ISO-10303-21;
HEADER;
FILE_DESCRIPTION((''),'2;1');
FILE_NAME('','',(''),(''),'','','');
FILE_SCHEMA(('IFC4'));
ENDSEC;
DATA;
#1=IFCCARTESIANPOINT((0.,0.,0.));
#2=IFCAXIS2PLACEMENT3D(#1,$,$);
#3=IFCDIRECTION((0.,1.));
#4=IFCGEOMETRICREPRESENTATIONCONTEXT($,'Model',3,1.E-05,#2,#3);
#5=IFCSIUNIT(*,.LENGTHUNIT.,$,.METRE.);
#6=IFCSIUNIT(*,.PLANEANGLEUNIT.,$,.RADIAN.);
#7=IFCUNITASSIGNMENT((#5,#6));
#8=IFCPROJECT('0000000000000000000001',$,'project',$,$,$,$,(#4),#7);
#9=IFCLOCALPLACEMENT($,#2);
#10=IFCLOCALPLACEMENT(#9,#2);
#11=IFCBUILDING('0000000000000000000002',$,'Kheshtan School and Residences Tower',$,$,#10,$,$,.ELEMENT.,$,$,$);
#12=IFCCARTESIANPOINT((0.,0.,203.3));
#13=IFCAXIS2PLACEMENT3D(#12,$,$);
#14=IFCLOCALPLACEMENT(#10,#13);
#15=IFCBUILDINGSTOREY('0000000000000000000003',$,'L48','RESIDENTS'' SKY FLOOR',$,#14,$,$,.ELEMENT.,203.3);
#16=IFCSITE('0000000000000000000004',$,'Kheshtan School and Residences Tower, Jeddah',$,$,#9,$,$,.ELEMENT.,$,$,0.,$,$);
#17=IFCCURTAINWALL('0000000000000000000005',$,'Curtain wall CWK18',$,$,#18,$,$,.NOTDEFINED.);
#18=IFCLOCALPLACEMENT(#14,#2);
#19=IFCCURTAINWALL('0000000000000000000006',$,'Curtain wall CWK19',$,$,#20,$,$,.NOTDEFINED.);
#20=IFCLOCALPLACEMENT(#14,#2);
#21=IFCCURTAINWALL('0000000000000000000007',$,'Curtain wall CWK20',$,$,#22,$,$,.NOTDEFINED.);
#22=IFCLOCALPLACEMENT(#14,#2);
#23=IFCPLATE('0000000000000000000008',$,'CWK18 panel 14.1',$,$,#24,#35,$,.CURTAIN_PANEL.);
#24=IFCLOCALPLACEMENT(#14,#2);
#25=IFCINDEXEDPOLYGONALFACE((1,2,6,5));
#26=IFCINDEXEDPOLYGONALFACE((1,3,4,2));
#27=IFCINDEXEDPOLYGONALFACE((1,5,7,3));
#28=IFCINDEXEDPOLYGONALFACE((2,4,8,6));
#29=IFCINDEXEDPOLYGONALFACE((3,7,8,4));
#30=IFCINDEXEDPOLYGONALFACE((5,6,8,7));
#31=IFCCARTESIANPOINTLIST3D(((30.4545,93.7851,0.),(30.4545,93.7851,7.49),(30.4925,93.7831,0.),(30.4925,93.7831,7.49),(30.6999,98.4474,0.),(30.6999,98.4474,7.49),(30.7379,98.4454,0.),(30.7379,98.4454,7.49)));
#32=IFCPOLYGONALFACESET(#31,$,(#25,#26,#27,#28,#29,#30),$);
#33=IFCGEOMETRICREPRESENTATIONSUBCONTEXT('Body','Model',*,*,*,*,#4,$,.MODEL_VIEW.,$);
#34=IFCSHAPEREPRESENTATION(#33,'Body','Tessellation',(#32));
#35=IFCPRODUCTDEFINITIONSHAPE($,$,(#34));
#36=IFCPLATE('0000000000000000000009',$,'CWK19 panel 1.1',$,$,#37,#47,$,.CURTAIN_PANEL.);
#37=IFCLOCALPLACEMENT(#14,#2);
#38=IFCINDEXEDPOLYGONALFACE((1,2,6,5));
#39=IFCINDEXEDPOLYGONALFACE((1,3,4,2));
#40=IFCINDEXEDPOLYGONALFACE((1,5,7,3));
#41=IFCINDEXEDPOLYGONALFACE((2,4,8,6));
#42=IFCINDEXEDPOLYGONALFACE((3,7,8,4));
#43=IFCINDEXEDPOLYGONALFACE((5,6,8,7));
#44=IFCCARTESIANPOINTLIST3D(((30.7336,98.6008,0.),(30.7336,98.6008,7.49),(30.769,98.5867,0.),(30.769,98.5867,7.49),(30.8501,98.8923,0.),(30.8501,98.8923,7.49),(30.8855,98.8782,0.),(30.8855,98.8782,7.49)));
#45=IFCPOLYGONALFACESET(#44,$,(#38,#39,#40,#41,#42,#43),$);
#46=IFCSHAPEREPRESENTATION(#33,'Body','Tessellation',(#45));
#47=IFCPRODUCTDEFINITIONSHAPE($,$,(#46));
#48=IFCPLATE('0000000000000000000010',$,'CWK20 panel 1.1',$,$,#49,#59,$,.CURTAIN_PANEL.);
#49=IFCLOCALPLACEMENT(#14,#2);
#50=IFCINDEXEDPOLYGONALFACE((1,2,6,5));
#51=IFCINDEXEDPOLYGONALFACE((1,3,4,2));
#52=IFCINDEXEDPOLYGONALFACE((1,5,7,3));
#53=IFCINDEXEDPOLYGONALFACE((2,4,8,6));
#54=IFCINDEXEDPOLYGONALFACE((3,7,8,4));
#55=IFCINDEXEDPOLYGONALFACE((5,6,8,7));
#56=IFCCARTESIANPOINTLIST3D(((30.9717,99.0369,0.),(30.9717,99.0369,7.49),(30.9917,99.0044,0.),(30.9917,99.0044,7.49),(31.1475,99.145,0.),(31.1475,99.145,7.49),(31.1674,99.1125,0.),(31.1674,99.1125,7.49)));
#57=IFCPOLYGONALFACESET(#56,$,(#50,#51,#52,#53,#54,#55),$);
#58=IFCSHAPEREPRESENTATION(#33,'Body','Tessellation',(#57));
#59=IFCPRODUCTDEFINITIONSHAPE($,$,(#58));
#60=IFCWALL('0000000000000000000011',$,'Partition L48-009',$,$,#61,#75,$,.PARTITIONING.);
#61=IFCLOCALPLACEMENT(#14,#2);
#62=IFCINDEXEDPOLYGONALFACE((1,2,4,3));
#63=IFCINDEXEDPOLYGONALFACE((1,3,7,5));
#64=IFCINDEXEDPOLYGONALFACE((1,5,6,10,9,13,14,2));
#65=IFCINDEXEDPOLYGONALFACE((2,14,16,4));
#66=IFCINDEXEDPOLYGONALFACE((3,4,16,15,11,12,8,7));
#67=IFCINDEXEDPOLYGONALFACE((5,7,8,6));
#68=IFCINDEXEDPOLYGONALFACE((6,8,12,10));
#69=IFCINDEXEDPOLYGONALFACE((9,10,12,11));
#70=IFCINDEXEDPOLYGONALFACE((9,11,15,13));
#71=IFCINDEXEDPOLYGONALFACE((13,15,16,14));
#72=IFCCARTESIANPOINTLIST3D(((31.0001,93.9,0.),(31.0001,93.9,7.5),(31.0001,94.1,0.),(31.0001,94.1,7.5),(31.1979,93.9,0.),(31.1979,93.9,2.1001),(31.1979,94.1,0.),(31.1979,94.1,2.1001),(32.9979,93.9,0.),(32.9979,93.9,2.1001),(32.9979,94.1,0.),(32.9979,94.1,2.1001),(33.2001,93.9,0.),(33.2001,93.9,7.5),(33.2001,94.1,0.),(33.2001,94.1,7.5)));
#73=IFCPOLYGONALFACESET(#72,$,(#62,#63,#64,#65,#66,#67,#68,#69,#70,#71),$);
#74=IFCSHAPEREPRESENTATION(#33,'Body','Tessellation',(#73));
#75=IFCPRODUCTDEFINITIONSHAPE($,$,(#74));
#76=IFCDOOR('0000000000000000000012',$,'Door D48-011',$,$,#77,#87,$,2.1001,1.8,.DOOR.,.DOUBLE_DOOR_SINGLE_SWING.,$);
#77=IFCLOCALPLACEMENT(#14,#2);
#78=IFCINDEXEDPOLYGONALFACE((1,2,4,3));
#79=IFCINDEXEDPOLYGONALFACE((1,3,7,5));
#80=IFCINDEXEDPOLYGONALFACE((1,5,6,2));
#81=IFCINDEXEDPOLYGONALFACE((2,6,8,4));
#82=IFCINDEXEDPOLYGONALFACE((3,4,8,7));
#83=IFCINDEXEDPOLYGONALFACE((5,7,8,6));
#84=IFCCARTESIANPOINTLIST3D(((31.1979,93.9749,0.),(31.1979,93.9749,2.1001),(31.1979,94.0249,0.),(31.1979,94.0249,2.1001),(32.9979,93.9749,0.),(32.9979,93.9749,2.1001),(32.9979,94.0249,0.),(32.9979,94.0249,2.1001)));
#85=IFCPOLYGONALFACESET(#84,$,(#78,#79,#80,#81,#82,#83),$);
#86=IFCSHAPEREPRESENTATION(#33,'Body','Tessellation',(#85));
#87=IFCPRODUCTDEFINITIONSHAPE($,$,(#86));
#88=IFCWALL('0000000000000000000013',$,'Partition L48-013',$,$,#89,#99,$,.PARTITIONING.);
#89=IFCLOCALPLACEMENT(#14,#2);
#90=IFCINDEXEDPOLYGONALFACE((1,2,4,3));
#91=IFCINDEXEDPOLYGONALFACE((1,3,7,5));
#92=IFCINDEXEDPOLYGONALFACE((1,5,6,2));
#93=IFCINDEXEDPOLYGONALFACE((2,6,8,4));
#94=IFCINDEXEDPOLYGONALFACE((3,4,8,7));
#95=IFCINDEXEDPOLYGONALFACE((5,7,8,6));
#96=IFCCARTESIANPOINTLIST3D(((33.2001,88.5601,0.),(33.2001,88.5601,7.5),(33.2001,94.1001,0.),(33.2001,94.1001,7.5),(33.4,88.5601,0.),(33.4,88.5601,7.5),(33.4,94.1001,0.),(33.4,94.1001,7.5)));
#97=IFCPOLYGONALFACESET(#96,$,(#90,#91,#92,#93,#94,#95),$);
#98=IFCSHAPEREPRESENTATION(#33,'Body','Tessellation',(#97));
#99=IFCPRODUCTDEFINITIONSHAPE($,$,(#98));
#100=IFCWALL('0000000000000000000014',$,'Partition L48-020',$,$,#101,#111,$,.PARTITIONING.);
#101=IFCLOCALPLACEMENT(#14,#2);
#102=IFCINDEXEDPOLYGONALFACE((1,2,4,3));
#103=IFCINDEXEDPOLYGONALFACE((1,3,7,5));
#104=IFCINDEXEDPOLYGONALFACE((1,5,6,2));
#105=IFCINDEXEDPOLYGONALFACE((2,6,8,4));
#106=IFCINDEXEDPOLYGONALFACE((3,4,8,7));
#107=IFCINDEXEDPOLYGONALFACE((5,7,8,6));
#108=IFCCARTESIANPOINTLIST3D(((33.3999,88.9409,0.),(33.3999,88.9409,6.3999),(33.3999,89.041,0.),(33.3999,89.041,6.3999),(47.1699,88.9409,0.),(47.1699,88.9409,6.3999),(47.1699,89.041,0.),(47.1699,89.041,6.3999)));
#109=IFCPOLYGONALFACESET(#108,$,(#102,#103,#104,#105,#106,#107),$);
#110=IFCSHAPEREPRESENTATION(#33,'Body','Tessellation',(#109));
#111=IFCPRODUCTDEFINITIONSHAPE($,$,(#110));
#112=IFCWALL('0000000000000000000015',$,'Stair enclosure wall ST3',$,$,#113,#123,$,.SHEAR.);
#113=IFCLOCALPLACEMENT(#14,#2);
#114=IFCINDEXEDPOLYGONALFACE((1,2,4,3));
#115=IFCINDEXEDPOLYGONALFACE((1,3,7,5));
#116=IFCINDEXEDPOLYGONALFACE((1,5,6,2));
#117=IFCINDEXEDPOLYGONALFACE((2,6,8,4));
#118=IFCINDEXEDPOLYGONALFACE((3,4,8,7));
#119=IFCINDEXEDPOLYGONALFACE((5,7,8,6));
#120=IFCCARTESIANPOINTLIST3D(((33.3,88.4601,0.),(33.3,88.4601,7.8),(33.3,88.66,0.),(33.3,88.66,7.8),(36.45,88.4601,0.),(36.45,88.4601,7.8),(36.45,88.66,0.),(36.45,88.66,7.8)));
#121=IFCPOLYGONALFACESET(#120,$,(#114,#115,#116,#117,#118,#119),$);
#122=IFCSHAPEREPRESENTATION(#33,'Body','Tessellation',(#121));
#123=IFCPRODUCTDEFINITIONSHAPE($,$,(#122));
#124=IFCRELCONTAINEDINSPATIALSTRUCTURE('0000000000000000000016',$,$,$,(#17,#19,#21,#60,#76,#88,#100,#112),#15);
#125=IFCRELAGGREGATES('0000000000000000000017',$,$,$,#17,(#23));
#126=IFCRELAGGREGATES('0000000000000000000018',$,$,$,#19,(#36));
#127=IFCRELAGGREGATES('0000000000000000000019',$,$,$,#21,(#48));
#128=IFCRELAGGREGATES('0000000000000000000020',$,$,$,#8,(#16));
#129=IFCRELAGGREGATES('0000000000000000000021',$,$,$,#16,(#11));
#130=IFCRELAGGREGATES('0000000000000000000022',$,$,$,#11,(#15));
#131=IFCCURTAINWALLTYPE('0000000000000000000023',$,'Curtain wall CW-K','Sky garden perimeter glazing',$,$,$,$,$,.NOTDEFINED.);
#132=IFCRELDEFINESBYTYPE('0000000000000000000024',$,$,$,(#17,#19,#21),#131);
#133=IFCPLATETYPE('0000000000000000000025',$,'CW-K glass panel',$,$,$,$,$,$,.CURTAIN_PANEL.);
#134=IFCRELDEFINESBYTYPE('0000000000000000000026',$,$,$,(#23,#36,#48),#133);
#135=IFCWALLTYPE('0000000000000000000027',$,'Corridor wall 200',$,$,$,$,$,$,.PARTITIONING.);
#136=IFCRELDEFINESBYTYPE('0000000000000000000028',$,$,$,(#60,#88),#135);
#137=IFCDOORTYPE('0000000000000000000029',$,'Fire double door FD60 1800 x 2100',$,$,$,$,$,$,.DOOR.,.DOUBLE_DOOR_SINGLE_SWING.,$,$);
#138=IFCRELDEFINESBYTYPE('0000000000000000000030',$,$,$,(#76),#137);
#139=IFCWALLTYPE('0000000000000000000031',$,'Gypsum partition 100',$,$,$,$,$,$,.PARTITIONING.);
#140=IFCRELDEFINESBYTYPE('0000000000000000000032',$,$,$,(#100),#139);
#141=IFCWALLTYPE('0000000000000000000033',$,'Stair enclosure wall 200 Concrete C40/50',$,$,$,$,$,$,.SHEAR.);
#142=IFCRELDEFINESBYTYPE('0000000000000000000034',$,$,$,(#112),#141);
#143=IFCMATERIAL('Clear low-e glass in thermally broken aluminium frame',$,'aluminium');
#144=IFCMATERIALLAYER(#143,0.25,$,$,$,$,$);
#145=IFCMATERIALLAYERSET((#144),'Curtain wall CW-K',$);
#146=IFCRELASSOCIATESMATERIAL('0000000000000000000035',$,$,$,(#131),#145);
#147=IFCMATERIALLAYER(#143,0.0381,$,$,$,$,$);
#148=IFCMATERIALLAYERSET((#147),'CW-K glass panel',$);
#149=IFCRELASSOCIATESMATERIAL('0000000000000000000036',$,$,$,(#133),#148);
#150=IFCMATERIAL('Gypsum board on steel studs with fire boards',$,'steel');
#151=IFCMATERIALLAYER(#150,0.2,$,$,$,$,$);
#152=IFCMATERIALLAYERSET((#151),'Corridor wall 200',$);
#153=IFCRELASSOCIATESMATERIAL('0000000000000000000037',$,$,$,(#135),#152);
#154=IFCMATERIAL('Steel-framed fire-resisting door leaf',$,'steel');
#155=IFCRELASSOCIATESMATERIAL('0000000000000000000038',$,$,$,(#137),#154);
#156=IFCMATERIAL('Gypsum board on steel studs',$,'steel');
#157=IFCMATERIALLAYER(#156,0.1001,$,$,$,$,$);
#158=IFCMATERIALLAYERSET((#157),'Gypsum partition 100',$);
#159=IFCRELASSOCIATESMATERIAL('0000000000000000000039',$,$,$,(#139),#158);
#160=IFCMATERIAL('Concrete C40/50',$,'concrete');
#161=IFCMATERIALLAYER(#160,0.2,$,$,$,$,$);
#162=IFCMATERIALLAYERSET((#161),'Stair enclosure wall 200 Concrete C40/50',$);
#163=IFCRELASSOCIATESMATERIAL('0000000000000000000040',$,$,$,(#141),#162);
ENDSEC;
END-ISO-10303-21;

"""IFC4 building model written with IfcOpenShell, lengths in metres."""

from ifc_helpers import new_model, si_unit, direction, frame, frame_2d, origin, origin_2d, place, context, subcontext, project, spatial, rectangle, extrude, source, transform, mapped, material, layer, layer_set, type_object, element, fill, aggregate, save


model = new_model("IFC4")

# Units and contexts
model_context = context("Model", 3, precision=1e-05, world=origin(), true_north=direction((0.0, 1.0)))
body_context = subcontext(model_context, "Body", "Model", "MODEL_VIEW")
ifc_project = project(units=[si_unit("LENGTHUNIT", "METRE"), si_unit("PLANEANGLEUNIT", "RADIAN")], contexts=[model_context])

# Site, building, storey
site_placement = place(None, origin())
site = spatial("IfcSite", under=ifc_project, at=site_placement, Name="Kheshtan School and Residences Tower, Jeddah", CompositionType="ELEMENT", RefElevation=0.0)
building_placement = place(site_placement, origin())
building = spatial("IfcBuilding", under=site, at=building_placement, Name="Kheshtan School and Residences Tower", CompositionType="ELEMENT")
storey_placement = place(building_placement, frame((0.0, 0.0, 203.3)))
storey = spatial("IfcBuildingStorey", under=building, at=storey_placement, Name="L48", Description="RESIDENTS' SKY FLOOR", CompositionType="ELEMENT", Elevation=203.3)

# Curtain walls
ifc_material_1 = material(Name="Clear low-e glass in thermally broken aluminium frame", Category="aluminium")
ifc_layer_1 = layer(ifc_material_1, 0.25)
ifc_layer_set_1 = layer_set([ifc_layer_1], Name="Curtain wall CW-K")
curtain_wall_type = type_object("IfcCurtainWallType", Name="Curtain wall CW-K", Description="Sky garden perimeter glazing", PredefinedType="NOTDEFINED", material=ifc_layer_set_1)
curtain_wall_1_placement = place(storey_placement, origin())
curtain_wall_1 = element("IfcCurtainWall", 1, at=curtain_wall_1_placement, inside=storey, type_object=curtain_wall_type, Name="Curtain wall CWK18", PredefinedType="NOTDEFINED")
curtain_wall_2_placement = place(storey_placement, origin())
curtain_wall_2 = element("IfcCurtainWall", 2, at=curtain_wall_2_placement, inside=storey, type_object=curtain_wall_type, Name="Curtain wall CWK19", PredefinedType="NOTDEFINED")
curtain_wall_3_placement = place(storey_placement, origin())
curtain_wall_3 = element("IfcCurtainWall", 3, at=curtain_wall_3_placement, inside=storey, type_object=curtain_wall_type, Name="Curtain wall CWK20", PredefinedType="NOTDEFINED")

# Plates
ifc_layer_2 = layer(ifc_material_1, 0.0381)
ifc_layer_set_2 = layer_set([ifc_layer_2], Name="CW-K glass panel")
plate_type = type_object("IfcPlateType", Name="CW-K glass panel", PredefinedType="CURTAIN_PANEL", material=ifc_layer_set_2)
plate_1_placement = place(storey_placement, frame((30.5962, 96.1152, 0.0), z_axis=(0.0, 0.0, 1.0), x_axis=(0.052565, 0.998617, 0.0)))
plate_1 = element("IfcPlate", 4, at=plate_1_placement, type_object=plate_type, Name="CWK18 panel 14.1", PredefinedType="CURTAIN_PANEL", context=body_context, shape_type="SweptSolid", body=[
    extrude(rectangle(XDim=4.6687, YDim=0.0381, at=origin_2d()), origin(), (0.0, 0.0, 1.0), 7.49),
])
aggregate(curtain_wall_1, [plate_1])
plate_2_placement = place(storey_placement, frame((30.8096, 98.7395, 0.0), z_axis=(0.0, 0.0, 1.0), x_axis=(0.370993, 0.928636, 0.0)))
plate_2 = element("IfcPlate", 5, at=plate_2_placement, type_object=plate_type, Name="CWK19 panel 1.1", PredefinedType="CURTAIN_PANEL", context=body_context, shape_type="SweptSolid", body=[
    extrude(rectangle(XDim=0.314, YDim=0.0381, at=origin_2d()), origin(), (0.0, 0.0, 1.0), 7.49),
])
aggregate(curtain_wall_2, [plate_2])
plate_3_placement = place(storey_placement, frame((31.0696, 99.0747, 0.0), z_axis=(0.0, 0.0, 1.0), x_axis=(0.851763, 0.523926, 0.0)))
plate_3 = element("IfcPlate", 6, at=plate_3_placement, type_object=plate_type, Name="CWK20 panel 1.1", PredefinedType="CURTAIN_PANEL", context=body_context, shape_type="SweptSolid", body=[
    extrude(rectangle(XDim=0.2063, YDim=0.0381, at=origin_2d()), origin(), (0.0, 0.0, 1.0), 7.49),
])
aggregate(curtain_wall_3, [plate_3])

# Shared definitions
ifc_material_2 = material(Name="Gypsum board on steel studs with fire boards", Category="steel")
ifc_layer_3 = layer(ifc_material_2, 0.2)
ifc_layer_set_3 = layer_set([ifc_layer_3], Name="Corridor wall 200")
wall_type_1 = type_object("IfcWallType", Name="Corridor wall 200", PredefinedType="PARTITIONING", material=ifc_layer_set_3)

# Wall, opening, door
wall_1_placement = place(storey_placement, frame((31.0, 94.0, 0.0), z_axis=(0.0, 0.0, 1.0), x_axis=(1.0, 0.0, 0.0)))
wall_1 = element("IfcWall", 7, at=wall_1_placement, inside=storey, type_object=wall_type_1, Name="Partition L48-009", PredefinedType="PARTITIONING", context=body_context, shape_type="SweptSolid", body=[
    extrude(rectangle(XDim=2.2, YDim=0.2, at=frame_2d((1.1001, 0.0))), origin(), (0.0, 0.0, 1.0), 7.5),
])
opening_placement = place(wall_1_placement, frame((0.198, 0.0, 0.0)))
opening = element("IfcOpeningElement", 8, at=opening_placement, cuts=wall_1, PredefinedType="OPENING", context=body_context, shape_type="SweptSolid", body=[
    extrude(rectangle(XDim=1.8, YDim=2.1001, at=frame_2d((0.8999, 1.05))), frame((0.0, 0.1099, 0.0), z_axis=(0.0, -1.0, 0.0), x_axis=(1.0, 0.0, 0.0)), (0.0, 0.0, 1.0), 0.22),
])
ifc_material_3 = material(Name="Steel-framed fire-resisting door leaf", Category="steel")
door_type = type_object("IfcDoorType", Name="Fire double door FD60 1800 x 2100", OperationType="DOUBLE_DOOR_SINGLE_SWING", PredefinedType="DOOR", material=ifc_material_3)
shared_shape = source(origin(), body_context, "Body", "SweptSolid", [
    extrude(rectangle(XDim=1.8, YDim=2.1001, at=frame_2d((0.8999, 1.05))), frame((0.0, 0.0249, 0.0), z_axis=(0.0, -1.0, 0.0), x_axis=(1.0, 0.0, 0.0)), (0.0, 0.0, 1.0), 0.05),
])
door_placement = place(opening_placement, origin())
door = element("IfcDoor", 9, at=door_placement, inside=storey, type_object=door_type, Name="Door D48-011", OperationType="DOUBLE_DOOR_SINGLE_SWING", OverallHeight=2.1001, OverallWidth=1.8, PredefinedType="DOOR", context=body_context, shape_type="MappedRepresentation", body=[
    mapped(shared_shape, transform((0.0, 0.0, 0.0), x_axis=(1.0, 0.0, 0.0), y_axis=(0.0, 1.0, 0.0), z_axis=(0.0, 0.0, 1.0), scale=1.0)),
])
fill(opening, door)

# Walls
wall_2_placement = place(storey_placement, frame((33.3, 88.5601, 0.0), z_axis=(0.0, 0.0, 1.0), x_axis=(0.0, 1.0, 0.0)))
element("IfcWall", 10, at=wall_2_placement, inside=storey, type_object=wall_type_1, Name="Partition L48-013", PredefinedType="PARTITIONING", context=body_context, shape_type="SweptSolid", body=[
    extrude(rectangle(XDim=5.54, YDim=0.2, at=frame_2d((2.77, 0.0))), origin(), (0.0, 0.0, 1.0), 7.5),
])
ifc_material_4 = material(Name="Gypsum board on steel studs", Category="steel")
ifc_layer_4 = layer(ifc_material_4, 0.1001)
ifc_layer_set_4 = layer_set([ifc_layer_4], Name="Gypsum partition 100")
wall_type_2 = type_object("IfcWallType", Name="Gypsum partition 100", PredefinedType="PARTITIONING", material=ifc_layer_set_4)
wall_3_placement = place(storey_placement, frame((33.3999, 88.991, 0.0), z_axis=(0.0, 0.0, 1.0), x_axis=(1.0, 0.0, 0.0)))
element("IfcWall", 11, at=wall_3_placement, inside=storey, type_object=wall_type_2, Name="Partition L48-020", PredefinedType="PARTITIONING", context=body_context, shape_type="SweptSolid", body=[
    extrude(rectangle(XDim=13.77, YDim=0.1001, at=frame_2d((6.885, 0.0))), origin(), (0.0, 0.0, 1.0), 6.3999),
])
ifc_material_5 = material(Name="Concrete C40/50", Category="concrete")
ifc_layer_5 = layer(ifc_material_5, 0.2)
ifc_layer_set_5 = layer_set([ifc_layer_5], Name="Stair enclosure wall 200 Concrete C40/50")
wall_type_3 = type_object("IfcWallType", Name="Stair enclosure wall 200 Concrete C40/50", PredefinedType="SHEAR", material=ifc_layer_set_5)
wall_4_placement = place(storey_placement, frame((33.3, 88.5601, 0.0), z_axis=(0.0, 0.0, 1.0), x_axis=(1.0, 0.0, 0.0)))
element("IfcWall", 12, at=wall_4_placement, inside=storey, type_object=wall_type_3, Name="Stair enclosure wall ST3", PredefinedType="SHEAR", context=body_context, shape_type="SweptSolid", body=[
    extrude(rectangle(XDim=3.1499, YDim=0.2, at=frame_2d((1.575, 0.0))), origin(), (0.0, 0.0, 1.0), 7.8),
])

save(model, "model.ifc")
